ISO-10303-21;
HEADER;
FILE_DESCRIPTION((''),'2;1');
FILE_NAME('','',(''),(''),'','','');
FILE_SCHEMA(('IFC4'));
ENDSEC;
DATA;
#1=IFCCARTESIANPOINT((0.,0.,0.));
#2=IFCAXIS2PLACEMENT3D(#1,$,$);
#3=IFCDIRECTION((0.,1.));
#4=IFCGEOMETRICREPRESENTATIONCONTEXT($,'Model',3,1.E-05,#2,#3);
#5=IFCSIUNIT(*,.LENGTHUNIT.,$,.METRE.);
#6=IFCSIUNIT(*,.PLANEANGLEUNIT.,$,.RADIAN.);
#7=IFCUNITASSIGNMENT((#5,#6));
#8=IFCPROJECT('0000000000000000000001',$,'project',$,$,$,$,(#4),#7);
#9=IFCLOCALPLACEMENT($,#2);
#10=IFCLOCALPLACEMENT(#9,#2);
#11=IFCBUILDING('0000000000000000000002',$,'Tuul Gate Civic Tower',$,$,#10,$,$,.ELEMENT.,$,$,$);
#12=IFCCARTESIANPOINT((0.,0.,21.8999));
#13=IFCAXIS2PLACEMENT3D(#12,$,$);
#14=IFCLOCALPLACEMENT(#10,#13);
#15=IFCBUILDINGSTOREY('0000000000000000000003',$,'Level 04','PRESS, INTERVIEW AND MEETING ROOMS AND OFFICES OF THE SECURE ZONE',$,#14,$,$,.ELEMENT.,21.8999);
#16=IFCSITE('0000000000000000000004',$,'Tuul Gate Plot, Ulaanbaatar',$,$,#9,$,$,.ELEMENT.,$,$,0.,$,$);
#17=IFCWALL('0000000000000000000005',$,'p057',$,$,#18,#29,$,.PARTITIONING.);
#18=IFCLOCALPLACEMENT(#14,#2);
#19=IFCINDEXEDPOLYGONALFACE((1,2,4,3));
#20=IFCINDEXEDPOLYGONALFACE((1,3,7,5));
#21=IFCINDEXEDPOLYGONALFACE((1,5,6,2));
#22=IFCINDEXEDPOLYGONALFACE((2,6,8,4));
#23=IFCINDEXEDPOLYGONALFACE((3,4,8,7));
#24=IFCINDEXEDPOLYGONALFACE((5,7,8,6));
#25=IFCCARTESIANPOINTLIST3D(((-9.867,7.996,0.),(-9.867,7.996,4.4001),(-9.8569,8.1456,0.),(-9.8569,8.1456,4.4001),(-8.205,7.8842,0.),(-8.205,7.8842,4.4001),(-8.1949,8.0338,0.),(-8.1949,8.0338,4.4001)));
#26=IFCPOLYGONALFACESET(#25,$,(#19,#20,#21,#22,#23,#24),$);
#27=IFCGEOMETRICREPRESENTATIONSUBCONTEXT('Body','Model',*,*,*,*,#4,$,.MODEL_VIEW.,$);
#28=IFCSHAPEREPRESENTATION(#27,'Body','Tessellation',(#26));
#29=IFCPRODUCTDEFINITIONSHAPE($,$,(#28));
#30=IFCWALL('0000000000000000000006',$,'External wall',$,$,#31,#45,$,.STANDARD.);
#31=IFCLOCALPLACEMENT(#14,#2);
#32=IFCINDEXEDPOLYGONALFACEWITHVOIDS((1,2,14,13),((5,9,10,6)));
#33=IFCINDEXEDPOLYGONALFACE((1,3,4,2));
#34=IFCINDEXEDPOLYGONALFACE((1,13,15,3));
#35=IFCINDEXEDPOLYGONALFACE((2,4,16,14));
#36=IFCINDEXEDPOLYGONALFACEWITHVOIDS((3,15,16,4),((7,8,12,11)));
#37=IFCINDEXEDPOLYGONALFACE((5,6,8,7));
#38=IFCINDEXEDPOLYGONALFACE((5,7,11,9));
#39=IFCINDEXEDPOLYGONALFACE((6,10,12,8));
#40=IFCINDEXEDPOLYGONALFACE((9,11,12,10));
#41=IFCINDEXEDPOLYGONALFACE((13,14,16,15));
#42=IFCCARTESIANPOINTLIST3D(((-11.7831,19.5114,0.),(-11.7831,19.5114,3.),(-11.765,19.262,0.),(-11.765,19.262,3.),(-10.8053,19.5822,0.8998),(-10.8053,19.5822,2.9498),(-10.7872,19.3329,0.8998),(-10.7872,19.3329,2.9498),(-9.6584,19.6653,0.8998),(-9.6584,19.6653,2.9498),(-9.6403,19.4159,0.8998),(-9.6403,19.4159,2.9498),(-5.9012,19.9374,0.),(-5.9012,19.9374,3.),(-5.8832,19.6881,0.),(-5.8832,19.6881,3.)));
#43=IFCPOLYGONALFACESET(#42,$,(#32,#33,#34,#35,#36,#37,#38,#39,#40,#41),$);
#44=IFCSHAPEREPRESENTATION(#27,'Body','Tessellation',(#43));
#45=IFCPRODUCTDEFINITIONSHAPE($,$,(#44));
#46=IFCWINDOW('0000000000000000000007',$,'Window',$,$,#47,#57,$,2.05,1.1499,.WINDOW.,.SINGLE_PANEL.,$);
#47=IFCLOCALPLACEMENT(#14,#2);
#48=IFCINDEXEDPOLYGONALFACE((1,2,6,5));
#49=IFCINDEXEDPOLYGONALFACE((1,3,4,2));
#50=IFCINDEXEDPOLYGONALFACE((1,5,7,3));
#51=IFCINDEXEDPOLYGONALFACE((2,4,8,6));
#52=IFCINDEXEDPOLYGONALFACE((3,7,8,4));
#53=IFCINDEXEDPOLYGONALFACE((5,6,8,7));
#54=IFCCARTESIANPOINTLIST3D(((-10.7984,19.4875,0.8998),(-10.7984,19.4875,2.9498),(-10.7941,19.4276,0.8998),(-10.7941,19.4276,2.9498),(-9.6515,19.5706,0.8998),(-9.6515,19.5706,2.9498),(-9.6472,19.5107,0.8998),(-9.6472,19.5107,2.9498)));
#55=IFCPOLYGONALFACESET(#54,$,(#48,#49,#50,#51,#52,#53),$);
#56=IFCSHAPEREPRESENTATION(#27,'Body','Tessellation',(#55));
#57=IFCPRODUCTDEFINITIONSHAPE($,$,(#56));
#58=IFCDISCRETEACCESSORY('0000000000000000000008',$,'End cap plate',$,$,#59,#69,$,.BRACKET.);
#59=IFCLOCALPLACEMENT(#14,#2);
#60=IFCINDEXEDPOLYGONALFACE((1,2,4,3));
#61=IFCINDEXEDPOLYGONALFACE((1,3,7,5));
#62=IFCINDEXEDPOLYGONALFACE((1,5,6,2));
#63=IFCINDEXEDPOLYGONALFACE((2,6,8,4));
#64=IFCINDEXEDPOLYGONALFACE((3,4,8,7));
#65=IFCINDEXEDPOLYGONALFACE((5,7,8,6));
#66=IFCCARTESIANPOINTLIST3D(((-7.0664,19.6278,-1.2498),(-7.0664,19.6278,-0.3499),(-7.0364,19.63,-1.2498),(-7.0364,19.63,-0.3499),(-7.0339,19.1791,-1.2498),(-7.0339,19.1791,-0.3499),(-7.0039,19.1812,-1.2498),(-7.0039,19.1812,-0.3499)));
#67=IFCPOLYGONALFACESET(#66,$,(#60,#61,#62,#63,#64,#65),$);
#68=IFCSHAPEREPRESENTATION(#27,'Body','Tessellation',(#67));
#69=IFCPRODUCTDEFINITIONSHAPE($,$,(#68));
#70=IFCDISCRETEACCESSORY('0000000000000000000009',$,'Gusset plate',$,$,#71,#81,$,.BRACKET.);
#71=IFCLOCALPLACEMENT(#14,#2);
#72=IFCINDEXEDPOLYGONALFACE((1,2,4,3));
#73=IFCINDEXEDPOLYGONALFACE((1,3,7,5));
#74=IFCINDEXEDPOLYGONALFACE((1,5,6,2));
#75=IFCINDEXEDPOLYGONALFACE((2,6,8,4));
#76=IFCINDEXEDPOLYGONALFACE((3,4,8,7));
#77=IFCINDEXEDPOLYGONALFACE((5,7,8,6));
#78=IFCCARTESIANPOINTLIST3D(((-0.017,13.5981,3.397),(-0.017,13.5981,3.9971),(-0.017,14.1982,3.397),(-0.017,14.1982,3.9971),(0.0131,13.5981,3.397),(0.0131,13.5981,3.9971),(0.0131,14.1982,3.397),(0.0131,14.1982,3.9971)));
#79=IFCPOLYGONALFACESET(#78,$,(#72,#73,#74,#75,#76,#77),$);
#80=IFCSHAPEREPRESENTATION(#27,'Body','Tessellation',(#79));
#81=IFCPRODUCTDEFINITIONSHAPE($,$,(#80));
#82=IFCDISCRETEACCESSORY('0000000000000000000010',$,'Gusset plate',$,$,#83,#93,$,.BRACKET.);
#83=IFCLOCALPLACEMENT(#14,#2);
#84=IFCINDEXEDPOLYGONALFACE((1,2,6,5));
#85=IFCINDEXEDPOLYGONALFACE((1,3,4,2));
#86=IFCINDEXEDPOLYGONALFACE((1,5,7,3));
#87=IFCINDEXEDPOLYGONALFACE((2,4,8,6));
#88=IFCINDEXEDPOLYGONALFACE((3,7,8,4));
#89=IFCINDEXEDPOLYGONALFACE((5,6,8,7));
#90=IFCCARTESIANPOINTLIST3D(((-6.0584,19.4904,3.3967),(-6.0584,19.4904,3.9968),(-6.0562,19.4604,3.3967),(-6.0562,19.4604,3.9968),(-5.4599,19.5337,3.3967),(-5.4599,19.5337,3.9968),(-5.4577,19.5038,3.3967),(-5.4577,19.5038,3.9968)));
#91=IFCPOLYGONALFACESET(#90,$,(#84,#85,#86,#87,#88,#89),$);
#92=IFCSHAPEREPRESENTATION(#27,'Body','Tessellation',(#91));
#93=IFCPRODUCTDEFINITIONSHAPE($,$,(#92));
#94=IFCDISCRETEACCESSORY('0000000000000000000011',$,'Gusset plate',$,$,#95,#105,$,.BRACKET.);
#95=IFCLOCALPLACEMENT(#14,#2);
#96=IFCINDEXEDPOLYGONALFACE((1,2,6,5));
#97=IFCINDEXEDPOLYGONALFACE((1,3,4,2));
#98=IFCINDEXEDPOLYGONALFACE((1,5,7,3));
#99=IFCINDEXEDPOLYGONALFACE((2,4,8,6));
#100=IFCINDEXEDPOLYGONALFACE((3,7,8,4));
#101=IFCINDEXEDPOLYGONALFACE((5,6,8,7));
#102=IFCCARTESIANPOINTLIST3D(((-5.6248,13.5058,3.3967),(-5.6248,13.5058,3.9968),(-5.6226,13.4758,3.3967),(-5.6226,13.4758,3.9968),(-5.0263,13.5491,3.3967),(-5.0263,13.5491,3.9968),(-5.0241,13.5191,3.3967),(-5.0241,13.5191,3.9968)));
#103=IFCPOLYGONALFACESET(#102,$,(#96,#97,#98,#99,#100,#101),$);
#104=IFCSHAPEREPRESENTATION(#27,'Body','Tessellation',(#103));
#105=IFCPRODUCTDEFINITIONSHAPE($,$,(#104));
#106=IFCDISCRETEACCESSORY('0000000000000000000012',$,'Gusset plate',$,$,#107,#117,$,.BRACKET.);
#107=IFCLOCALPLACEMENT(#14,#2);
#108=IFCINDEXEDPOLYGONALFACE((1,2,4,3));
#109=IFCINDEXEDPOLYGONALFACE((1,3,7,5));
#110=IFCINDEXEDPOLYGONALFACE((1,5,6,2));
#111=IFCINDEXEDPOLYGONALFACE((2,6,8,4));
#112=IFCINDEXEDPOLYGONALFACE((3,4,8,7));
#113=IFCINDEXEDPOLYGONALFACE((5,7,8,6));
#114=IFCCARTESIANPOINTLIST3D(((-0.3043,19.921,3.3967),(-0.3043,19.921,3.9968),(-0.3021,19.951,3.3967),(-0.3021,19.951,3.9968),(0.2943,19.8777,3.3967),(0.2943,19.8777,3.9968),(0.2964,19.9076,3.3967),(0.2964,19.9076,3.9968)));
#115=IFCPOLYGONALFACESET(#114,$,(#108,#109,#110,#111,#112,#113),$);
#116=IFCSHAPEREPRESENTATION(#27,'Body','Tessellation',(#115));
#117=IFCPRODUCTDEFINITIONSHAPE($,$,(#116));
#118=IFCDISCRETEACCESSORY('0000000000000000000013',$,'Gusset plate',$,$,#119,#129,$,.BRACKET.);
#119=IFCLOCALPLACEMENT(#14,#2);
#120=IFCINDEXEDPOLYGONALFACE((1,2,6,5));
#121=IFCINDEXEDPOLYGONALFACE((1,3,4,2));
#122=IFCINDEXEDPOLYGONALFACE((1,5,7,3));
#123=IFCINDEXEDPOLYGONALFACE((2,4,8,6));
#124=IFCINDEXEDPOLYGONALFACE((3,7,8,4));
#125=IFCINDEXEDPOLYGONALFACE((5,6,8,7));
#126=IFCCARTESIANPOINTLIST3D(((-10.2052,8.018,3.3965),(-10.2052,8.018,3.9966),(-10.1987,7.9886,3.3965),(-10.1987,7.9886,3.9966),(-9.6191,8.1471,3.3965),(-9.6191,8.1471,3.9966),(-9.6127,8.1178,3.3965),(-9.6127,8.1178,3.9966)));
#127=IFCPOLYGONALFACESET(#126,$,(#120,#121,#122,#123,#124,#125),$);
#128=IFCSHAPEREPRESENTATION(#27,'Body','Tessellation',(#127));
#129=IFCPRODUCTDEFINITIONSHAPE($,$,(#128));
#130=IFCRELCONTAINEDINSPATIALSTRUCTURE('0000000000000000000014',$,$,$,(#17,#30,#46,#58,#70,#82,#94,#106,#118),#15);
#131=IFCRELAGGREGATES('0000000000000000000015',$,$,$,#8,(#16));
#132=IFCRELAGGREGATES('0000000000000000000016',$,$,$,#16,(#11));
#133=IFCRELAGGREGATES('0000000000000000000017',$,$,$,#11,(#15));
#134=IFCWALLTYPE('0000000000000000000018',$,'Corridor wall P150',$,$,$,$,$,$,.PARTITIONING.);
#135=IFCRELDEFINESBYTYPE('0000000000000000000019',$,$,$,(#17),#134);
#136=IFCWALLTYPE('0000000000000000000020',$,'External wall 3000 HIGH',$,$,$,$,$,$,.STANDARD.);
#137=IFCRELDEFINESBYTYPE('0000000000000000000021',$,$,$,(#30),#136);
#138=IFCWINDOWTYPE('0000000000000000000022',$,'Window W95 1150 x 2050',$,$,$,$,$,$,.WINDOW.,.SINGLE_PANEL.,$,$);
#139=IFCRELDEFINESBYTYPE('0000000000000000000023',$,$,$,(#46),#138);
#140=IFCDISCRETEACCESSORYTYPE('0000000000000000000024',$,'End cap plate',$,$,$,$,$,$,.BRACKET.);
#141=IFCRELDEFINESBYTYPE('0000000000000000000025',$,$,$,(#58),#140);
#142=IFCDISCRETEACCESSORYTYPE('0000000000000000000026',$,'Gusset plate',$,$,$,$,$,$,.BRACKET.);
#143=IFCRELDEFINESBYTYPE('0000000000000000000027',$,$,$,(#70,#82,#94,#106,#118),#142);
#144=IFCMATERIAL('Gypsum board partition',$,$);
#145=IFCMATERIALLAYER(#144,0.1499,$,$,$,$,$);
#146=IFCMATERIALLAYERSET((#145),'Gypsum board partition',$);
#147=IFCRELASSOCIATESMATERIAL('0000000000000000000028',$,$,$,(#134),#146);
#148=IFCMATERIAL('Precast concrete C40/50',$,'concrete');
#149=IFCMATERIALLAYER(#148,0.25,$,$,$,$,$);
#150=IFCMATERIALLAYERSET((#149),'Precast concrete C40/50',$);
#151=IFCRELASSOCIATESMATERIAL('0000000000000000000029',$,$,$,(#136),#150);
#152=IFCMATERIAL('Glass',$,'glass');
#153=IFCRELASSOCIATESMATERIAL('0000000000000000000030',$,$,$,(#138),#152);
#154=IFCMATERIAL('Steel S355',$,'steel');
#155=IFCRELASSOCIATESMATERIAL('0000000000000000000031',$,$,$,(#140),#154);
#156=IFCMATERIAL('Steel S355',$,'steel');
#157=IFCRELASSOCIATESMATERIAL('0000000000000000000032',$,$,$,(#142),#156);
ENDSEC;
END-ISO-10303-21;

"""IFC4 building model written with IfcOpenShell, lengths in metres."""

from ifc_helpers import new_model, si_unit, direction, frame, frame_2d, origin, origin_2d, place, context, subcontext, project, spatial, rectangle, extrude, material, layer, layer_set, type_object, element, fill, save


model = new_model("IFC4")

# Units and contexts
model_context = context("Model", 3, precision=1e-05, world=origin(), true_north=direction((0.0, 1.0)))
body_context = subcontext(model_context, "Body", "Model", "MODEL_VIEW")
ifc_project = project(units=[si_unit("LENGTHUNIT", "METRE"), si_unit("PLANEANGLEUNIT", "RADIAN")], contexts=[model_context])

# Site, building, storey
site_placement = place(None, origin())
site = spatial("IfcSite", under=ifc_project, at=site_placement, Name="Tuul Gate Plot, Ulaanbaatar", CompositionType="ELEMENT", RefElevation=0.0)
building_placement = place(site_placement, origin())
building = spatial("IfcBuilding", under=site, at=building_placement, Name="Tuul Gate Civic Tower", CompositionType="ELEMENT")
storey_placement = place(building_placement, frame((0.0, 0.0, 21.8999)))
storey = spatial("IfcBuildingStorey", under=building, at=storey_placement, Name="Level 04", Description="PRESS, INTERVIEW AND MEETING ROOMS AND OFFICES OF THE SECURE ZONE", CompositionType="ELEMENT", Elevation=21.8999)

# Wall
ifc_material_1 = material(Name="Gypsum board partition")
ifc_layer_1 = layer(ifc_material_1, 0.1499)
ifc_layer_set_1 = layer_set([ifc_layer_1], Name="Gypsum board partition")
wall_type_1 = type_object("IfcWallType", Name="Corridor wall P150", PredefinedType="PARTITIONING", material=ifc_layer_set_1)
wall_1_placement = place(storey_placement, frame((-9.8621, 8.0708, 0.0), z_axis=(0.0, 0.0, 1.0), x_axis=(0.997745, -0.067122, 0.0)))
element("IfcWall", 1, at=wall_1_placement, inside=storey, type_object=wall_type_1, Name="p057", PredefinedType="PARTITIONING", context=body_context, shape_type="SweptSolid", body=[
    extrude(rectangle(XDim=1.6658, YDim=0.1499, at=frame_2d((0.833, 0.0))), origin(), (0.0, 0.0, 1.0), 4.4001),
])

# Wall, opening, window
ifc_material_2 = material(Name="Precast concrete C40/50", Category="concrete")
ifc_layer_2 = layer(ifc_material_2, 0.25)
ifc_layer_set_2 = layer_set([ifc_layer_2], Name="Precast concrete C40/50")
wall_type_2 = type_object("IfcWallType", Name="External wall 3000 HIGH", PredefinedType="STANDARD", material=ifc_layer_set_2)
wall_2_placement = place(storey_placement, frame((-5.8921, 19.8127, 0.0), z_axis=(0.0, 0.0, 1.0), x_axis=(-0.997387, -0.072241, 0.0)))
wall_2 = element("IfcWall", 2, at=wall_2_placement, inside=storey, type_object=wall_type_2, Name="External wall", PredefinedType="STANDARD", context=body_context, shape_type="SweptSolid", body=[
    extrude(rectangle(XDim=5.8972, YDim=0.25, at=frame_2d((2.9487, 0.0))), origin(), (0.0, 0.0, 1.0), 3.0),
])
opening_placement = place(wall_2_placement, frame((3.7671, 0.0, 0.8999)))
opening = element("IfcOpeningElement", 3, at=opening_placement, cuts=wall_2, PredefinedType="OPENING", context=body_context, shape_type="SweptSolid", body=[
    extrude(rectangle(XDim=1.1499, YDim=2.05, at=frame_2d((0.575, 1.0249))), frame((0.0, 0.135, 0.0), z_axis=(0.0, -1.0, 0.0), x_axis=(1.0, 0.0, 0.0)), (0.0, 0.0, 1.0), 0.27),
])
ifc_material_3 = material(Name="Glass", Category="glass")
window_type = type_object("IfcWindowType", Name="Window W95 1150 x 2050", PartitioningType="SINGLE_PANEL", PredefinedType="WINDOW", material=ifc_material_3)
window_placement = place(opening_placement, origin())
window = element("IfcWindow", 4, at=window_placement, inside=storey, type_object=window_type, Name="Window", OverallHeight=2.05, OverallWidth=1.1499, PartitioningType="SINGLE_PANEL", PredefinedType="WINDOW", context=body_context, shape_type="SweptSolid", body=[
    extrude(rectangle(XDim=1.1499, YDim=2.05, at=frame_2d((0.575, 1.0249))), frame((0.0, 0.03, 0.0), z_axis=(0.0, -1.0, 0.0), x_axis=(1.0, 0.0, 0.0)), (0.0, 0.0, 1.0), 0.0601),
])
fill(opening, window)

# Discrete accessories
ifc_material_4 = material(Name="Steel S355", Category="steel")
discrete_accessory_type_1 = type_object("IfcDiscreteAccessoryType", Name="End cap plate", PredefinedType="BRACKET", material=ifc_material_4)
discrete_accessory_placement = place(storey_placement, frame((-7.0352, 19.4045, -1.2498), z_axis=(0.0, 0.0, 1.0), x_axis=(-0.997388, -0.072232, 0.0)))
element("IfcDiscreteAccessory", 5, at=discrete_accessory_placement, inside=storey, type_object=discrete_accessory_type_1, Name="End cap plate", PredefinedType="BRACKET", context=body_context, shape_type="SweptSolid", body=[
    extrude(rectangle(XDim=0.03, YDim=0.45, at=origin_2d()), origin(), (0.0, 0.0, 1.0), 0.8999),
])
ifc_material_5 = material(Name="Steel S355", Category="steel")
discrete_accessory_type_2 = type_object("IfcDiscreteAccessoryType", Name="Gusset plate", PredefinedType="BRACKET", material=ifc_material_5)
for number, where, z_axis, x_axis, name in (
    (6, (-0.002, 13.8982, 3.397), (0.0, 0.0, 1.0), (0.0, 1.0, 0.0), "Gusset plate"),
    (7, (-5.7581, 19.4971, 3.3967), (0.0, 0.0, 1.0), (0.997388, 0.072232, 0.0), "Gusset plate"),
    (8, (-5.3245, 13.5125, 3.3967), (0.0, 0.0, 1.0), (0.997389, 0.072212, 0.0), "Gusset plate"),
    (9, (-0.0039, 19.9143, 3.3967), (0.0, 0.0, 1.0), (0.997388, -0.072232, 0.0), "Gusset plate"),
    (10, (-9.9089, 8.0679, 3.3965), (0.0, 0.0, 1.0), (-0.976565, -0.215222, 0.0), "Gusset plate"),
):
    element("IfcDiscreteAccessory", number, at=place(storey_placement, frame(where, z_axis=z_axis, x_axis=x_axis)), inside=storey, type_object=discrete_accessory_type_2, Name=name, PredefinedType="BRACKET", context=body_context, shape_type="SweptSolid", body=[
        extrude(rectangle(XDim=0.6001, YDim=0.03, at=origin_2d()), origin(), (0.0, 0.0, 1.0), 0.6001),
    ])

save(model, "model.ifc")
